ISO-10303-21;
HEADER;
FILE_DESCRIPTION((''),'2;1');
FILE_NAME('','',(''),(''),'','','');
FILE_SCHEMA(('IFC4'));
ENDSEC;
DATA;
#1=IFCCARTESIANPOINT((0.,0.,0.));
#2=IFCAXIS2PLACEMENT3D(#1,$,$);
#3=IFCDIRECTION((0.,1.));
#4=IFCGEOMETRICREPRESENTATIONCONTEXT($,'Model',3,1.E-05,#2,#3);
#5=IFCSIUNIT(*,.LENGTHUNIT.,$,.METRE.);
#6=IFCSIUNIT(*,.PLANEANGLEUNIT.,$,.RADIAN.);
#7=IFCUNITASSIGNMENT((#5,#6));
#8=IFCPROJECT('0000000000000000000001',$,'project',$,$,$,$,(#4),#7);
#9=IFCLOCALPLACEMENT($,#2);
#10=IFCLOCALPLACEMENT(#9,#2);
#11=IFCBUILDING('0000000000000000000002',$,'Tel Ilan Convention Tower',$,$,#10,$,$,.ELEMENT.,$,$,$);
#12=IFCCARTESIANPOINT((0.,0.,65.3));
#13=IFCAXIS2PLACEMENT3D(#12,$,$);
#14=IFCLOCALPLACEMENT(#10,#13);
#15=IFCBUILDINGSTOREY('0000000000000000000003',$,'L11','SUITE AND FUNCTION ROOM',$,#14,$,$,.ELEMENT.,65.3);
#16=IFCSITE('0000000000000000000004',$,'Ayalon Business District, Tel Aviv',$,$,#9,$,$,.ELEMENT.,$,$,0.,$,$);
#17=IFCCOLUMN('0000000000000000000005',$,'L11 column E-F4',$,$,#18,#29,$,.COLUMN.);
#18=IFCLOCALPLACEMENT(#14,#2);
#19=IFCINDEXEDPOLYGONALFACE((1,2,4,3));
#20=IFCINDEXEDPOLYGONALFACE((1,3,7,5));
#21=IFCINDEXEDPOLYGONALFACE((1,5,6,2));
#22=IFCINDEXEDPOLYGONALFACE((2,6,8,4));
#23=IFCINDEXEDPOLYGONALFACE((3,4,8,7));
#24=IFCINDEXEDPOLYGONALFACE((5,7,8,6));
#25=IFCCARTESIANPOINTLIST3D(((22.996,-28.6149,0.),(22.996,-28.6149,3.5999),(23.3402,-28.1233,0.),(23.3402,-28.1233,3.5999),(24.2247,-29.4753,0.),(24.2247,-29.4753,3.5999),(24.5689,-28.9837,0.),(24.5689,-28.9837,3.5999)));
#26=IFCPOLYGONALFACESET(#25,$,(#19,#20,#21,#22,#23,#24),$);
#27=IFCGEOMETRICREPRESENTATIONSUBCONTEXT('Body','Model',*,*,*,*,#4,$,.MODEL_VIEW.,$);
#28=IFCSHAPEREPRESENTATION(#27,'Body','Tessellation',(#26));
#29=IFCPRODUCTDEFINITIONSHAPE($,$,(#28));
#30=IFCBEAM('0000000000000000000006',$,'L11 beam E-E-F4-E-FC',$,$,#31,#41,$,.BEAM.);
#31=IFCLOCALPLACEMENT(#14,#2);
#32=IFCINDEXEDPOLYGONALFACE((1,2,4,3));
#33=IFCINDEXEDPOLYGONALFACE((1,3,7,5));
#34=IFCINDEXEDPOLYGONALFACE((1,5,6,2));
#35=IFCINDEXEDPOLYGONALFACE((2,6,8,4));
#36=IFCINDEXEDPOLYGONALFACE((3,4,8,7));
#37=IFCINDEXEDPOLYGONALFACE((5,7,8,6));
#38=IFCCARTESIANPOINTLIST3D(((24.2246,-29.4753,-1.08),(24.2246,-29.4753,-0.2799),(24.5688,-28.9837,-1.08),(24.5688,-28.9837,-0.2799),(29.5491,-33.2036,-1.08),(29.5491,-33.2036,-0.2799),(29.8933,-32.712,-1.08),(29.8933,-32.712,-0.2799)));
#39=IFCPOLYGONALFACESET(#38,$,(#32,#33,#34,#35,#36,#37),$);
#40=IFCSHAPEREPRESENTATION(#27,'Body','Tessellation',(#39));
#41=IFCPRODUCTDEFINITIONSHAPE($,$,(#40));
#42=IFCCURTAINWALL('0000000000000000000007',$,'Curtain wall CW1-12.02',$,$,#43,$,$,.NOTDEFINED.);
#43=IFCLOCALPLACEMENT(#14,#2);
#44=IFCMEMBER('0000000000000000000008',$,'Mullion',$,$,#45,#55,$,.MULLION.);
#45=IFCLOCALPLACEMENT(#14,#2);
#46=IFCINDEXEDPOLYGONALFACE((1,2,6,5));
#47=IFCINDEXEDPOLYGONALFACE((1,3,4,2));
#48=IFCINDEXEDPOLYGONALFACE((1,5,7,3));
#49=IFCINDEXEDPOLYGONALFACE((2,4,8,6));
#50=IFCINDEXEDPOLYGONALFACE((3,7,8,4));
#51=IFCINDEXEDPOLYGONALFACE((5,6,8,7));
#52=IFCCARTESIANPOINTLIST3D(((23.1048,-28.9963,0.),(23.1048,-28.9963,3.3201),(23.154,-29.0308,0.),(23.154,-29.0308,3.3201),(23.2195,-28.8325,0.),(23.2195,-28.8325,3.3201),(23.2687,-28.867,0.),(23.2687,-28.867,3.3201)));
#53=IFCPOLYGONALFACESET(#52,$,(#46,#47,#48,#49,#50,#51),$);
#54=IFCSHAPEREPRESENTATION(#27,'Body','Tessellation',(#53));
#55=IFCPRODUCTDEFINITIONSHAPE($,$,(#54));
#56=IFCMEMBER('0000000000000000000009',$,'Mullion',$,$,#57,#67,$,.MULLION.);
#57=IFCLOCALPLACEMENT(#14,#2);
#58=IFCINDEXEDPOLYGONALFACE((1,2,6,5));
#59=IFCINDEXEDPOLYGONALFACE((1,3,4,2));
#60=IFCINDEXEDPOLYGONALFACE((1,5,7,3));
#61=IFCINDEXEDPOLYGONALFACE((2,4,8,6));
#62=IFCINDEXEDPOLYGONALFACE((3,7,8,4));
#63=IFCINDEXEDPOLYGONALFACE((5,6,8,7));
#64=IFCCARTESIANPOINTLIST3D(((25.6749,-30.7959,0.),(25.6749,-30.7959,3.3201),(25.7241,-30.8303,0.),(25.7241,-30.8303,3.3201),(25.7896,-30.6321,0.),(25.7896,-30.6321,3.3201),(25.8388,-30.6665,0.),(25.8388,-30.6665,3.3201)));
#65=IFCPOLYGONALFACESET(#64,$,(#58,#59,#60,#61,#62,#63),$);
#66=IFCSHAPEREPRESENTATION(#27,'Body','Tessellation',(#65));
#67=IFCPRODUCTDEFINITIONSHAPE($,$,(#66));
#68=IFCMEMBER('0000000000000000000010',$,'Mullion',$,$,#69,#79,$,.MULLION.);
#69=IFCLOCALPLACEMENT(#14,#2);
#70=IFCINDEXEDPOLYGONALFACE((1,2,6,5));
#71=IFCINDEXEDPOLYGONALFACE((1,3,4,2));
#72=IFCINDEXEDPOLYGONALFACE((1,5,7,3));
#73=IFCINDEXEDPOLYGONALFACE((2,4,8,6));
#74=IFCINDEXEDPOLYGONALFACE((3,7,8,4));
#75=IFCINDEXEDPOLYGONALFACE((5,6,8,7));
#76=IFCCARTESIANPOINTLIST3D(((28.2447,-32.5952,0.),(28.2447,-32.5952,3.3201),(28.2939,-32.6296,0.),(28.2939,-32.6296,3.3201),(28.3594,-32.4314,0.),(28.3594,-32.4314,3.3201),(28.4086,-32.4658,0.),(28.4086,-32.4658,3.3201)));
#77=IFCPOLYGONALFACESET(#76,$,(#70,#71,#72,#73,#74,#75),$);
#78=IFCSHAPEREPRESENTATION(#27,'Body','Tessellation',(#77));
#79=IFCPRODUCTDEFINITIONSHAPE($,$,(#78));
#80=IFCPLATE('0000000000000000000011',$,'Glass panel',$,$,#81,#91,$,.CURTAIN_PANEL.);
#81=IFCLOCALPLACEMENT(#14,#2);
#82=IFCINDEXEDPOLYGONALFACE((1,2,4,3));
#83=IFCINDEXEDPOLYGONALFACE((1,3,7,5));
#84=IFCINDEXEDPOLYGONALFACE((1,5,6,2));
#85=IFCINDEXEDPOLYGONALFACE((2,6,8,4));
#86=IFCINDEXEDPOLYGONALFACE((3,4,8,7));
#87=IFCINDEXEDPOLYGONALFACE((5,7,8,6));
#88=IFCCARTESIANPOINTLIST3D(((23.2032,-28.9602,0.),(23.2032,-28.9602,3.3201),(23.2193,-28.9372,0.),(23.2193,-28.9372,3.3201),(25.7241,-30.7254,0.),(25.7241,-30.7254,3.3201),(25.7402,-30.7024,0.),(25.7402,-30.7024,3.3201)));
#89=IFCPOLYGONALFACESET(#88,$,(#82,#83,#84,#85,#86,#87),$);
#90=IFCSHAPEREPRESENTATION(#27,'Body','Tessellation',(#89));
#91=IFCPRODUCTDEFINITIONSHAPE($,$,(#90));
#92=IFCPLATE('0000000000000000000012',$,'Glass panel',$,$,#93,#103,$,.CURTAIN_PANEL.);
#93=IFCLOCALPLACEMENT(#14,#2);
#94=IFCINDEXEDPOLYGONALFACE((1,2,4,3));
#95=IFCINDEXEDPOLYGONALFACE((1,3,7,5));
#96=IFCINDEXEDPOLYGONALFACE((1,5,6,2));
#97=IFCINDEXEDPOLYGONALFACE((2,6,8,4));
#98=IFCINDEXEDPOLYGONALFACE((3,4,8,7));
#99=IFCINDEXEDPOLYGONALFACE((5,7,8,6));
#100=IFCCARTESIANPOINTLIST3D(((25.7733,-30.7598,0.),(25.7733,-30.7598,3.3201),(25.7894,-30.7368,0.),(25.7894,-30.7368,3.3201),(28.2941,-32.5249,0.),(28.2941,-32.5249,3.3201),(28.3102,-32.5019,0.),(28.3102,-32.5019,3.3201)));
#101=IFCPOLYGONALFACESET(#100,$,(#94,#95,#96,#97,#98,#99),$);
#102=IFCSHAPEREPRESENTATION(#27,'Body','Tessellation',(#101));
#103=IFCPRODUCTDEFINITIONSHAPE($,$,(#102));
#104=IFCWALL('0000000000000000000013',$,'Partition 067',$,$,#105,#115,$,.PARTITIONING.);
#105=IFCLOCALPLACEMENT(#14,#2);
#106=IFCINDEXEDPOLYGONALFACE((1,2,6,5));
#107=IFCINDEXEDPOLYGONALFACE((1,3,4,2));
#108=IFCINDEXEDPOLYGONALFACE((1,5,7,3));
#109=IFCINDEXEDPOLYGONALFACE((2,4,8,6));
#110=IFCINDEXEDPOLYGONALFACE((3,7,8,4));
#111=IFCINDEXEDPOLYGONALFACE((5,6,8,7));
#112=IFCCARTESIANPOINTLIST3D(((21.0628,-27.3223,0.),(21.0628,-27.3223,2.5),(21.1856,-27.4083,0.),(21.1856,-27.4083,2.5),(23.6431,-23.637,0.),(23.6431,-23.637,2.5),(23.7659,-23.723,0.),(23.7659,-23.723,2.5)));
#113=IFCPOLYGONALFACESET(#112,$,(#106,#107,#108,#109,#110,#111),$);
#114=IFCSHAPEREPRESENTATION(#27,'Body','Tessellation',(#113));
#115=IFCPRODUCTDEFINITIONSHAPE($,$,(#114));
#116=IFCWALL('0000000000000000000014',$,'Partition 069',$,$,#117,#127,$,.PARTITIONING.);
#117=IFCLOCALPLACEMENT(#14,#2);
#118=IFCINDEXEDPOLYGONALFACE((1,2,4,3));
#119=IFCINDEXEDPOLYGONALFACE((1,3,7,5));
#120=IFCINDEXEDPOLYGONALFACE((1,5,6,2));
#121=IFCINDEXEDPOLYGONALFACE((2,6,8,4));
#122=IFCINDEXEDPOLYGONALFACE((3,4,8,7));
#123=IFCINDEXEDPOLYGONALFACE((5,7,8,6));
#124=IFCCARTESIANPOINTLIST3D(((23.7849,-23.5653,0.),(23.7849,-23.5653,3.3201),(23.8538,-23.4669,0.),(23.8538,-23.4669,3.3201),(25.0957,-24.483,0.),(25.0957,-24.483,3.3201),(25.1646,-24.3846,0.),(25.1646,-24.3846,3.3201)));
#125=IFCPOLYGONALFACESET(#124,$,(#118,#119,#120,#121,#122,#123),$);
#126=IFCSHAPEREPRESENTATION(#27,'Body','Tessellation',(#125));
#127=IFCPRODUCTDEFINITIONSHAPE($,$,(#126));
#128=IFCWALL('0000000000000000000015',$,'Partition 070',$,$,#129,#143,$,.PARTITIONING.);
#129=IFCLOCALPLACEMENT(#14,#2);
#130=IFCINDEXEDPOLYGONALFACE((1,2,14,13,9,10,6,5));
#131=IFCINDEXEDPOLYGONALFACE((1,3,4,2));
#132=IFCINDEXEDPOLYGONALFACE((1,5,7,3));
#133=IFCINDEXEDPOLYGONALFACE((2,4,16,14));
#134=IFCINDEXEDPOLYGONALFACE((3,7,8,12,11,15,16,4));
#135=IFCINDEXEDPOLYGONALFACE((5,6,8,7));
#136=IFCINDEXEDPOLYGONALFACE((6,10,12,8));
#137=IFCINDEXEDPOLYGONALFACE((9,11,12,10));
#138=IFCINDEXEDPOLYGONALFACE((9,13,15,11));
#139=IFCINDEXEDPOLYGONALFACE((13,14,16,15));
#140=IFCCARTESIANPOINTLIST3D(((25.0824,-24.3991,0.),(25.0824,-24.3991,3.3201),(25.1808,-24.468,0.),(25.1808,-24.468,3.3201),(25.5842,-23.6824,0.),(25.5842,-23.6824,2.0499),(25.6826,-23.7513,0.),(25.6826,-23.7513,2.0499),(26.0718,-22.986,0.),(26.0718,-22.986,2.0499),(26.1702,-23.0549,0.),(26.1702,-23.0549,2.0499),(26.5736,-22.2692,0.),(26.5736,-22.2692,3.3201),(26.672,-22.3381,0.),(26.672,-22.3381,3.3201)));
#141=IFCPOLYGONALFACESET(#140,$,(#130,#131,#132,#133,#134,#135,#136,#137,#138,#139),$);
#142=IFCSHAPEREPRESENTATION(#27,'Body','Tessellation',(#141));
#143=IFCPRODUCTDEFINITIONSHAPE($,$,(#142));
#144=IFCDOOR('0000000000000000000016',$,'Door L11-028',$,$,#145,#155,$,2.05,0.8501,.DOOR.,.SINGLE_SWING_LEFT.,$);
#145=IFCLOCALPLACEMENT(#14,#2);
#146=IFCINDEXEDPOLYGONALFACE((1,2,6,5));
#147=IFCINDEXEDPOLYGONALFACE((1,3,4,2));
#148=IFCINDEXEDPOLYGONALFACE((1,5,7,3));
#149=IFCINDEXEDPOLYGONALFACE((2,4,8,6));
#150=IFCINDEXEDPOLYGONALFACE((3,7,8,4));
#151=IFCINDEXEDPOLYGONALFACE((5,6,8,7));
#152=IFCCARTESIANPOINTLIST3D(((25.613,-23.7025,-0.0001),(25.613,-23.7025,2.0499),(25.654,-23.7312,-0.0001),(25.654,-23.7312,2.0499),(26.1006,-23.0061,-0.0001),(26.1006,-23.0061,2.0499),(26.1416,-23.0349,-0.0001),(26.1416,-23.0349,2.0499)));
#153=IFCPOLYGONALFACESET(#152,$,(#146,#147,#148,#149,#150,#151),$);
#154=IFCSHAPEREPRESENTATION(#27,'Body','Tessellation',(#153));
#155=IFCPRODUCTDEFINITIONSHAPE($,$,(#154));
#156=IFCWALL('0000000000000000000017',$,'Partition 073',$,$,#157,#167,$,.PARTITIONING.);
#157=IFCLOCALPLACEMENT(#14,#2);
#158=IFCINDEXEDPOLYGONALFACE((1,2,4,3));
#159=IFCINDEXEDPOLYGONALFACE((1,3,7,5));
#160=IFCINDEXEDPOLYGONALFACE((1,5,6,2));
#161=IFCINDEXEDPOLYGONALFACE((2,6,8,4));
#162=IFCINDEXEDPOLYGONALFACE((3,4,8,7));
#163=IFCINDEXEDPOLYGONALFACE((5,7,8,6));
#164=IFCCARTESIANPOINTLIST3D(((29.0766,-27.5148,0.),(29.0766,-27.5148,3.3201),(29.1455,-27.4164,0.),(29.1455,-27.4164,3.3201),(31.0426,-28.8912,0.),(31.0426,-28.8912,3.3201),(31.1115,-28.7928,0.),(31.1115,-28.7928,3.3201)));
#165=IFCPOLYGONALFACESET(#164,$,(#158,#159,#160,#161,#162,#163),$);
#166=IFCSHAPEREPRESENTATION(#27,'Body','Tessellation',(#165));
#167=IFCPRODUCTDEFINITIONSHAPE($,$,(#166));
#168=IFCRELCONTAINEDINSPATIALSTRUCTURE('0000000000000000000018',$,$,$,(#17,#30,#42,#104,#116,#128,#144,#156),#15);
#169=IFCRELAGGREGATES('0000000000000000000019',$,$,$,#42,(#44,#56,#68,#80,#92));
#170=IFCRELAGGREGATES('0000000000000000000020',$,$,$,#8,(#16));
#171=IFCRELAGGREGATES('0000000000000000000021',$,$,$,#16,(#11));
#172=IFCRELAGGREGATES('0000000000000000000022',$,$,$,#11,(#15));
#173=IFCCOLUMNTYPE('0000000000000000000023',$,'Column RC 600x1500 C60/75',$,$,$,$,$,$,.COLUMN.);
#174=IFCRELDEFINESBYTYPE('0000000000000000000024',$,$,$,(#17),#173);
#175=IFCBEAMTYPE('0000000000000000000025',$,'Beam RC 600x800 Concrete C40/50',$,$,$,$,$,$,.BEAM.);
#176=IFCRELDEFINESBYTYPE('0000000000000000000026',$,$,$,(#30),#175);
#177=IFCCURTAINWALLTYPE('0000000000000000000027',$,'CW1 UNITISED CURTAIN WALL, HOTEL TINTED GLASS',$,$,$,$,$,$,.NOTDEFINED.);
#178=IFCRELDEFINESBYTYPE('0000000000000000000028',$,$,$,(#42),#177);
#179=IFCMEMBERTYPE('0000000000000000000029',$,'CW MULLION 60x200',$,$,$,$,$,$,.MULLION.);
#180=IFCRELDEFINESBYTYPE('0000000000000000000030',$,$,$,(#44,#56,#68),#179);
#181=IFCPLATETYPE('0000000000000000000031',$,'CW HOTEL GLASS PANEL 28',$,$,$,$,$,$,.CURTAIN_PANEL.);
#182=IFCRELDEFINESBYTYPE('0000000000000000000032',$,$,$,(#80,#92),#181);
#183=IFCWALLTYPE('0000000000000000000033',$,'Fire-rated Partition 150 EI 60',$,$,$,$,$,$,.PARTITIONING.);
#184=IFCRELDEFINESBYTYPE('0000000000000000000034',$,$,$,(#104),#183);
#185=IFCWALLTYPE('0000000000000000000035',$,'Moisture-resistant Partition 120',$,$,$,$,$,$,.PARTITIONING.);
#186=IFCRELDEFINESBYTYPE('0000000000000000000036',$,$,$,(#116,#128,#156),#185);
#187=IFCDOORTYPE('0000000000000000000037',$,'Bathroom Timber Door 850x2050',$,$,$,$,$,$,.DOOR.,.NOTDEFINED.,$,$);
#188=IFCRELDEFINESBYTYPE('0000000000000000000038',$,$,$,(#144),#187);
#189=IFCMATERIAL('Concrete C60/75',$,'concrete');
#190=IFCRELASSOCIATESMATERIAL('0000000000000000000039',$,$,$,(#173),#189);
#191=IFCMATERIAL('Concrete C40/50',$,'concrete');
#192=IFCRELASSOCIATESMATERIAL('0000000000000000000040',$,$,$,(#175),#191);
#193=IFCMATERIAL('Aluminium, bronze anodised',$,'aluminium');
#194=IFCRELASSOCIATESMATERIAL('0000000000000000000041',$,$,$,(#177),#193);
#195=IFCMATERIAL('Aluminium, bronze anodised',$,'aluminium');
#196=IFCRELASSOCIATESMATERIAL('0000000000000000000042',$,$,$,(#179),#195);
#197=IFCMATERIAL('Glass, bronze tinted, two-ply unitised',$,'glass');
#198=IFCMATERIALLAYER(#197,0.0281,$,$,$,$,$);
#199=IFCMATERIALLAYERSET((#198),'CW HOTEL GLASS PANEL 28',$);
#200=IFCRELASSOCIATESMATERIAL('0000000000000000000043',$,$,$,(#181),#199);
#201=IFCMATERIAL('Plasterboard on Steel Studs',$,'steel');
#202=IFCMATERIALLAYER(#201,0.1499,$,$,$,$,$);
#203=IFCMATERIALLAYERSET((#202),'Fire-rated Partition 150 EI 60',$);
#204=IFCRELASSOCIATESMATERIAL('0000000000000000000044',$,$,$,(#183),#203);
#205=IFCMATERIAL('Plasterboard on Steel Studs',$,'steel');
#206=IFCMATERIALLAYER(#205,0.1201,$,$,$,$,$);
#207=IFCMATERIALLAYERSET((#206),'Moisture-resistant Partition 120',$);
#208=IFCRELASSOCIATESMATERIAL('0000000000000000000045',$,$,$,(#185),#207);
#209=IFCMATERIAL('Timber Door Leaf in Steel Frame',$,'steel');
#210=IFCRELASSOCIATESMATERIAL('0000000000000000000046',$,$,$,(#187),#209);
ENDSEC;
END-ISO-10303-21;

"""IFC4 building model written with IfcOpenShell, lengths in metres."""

from ifc_helpers import new_model, si_unit, direction, frame, frame_2d, origin, origin_2d, place, context, subcontext, project, spatial, rectangle, extrude, material, layer, layer_set, material_profile, profile_set, type_object, element, fill, aggregate, save


model = new_model("IFC4")

# Units and contexts
model_context = context("Model", 3, precision=1e-05, world=origin(), true_north=direction((0.0, 1.0)))
body_context = subcontext(model_context, "Body", "Model", "MODEL_VIEW")
ifc_project = project(units=[si_unit("LENGTHUNIT", "METRE"), si_unit("PLANEANGLEUNIT", "RADIAN")], contexts=[model_context])

# Site, building, storey
site_placement = place(None, origin())
site = spatial("IfcSite", under=ifc_project, at=site_placement, Name="Ayalon Business District, Tel Aviv", CompositionType="ELEMENT", RefElevation=0.0)
building_placement = place(site_placement, origin())
building = spatial("IfcBuilding", under=site, at=building_placement, Name="Tel Ilan Convention Tower", CompositionType="ELEMENT")
storey_placement = place(building_placement, frame((0.0, 0.0, 65.3)))
storey = spatial("IfcBuildingStorey", under=building, at=storey_placement, Name="L11", Description="SUITE AND FUNCTION ROOM", CompositionType="ELEMENT", Elevation=65.3)

# Column
ifc_material_1 = material(Name="Concrete C60/75", Category="concrete")
ifc_material_profile_1 = material_profile(ifc_material_1, rectangle(XDim=1.5, YDim=0.6001, at=origin_2d()), Name="RC 600x1500")
ifc_profile_set_1 = profile_set([ifc_material_profile_1], Name="Concrete C60/75")
column_type = type_object("IfcColumnType", Name="Column RC 600x1500 C60/75", PredefinedType="COLUMN", material=ifc_profile_set_1)
column_placement = place(storey_placement, frame((23.7825, -28.7993, 0.0), z_axis=(0.0, 0.0, 1.0), x_axis=(0.819152, -0.573576, 0.0)))
element("IfcColumn", 1, at=column_placement, inside=storey, type_object=column_type, Name="L11 column E-F4", PredefinedType="COLUMN", context=body_context, shape_type="SweptSolid", body=[
    extrude(rectangle(XDim=1.5, YDim=0.6001, at=origin_2d()), origin(), (0.0, 0.0, 1.0), 3.5999),
])

# Beam
ifc_material_2 = material(Name="Concrete C40/50", Category="concrete")
ifc_material_profile_2 = material_profile(ifc_material_2, rectangle(XDim=0.6001, YDim=0.8, at=origin_2d()), Name="RC 600x800")
ifc_profile_set_2 = profile_set([ifc_material_profile_2], Name="Concrete C40/50")
beam_type = type_object("IfcBeamType", Name="Beam RC 600x800 Concrete C40/50", PredefinedType="BEAM", material=ifc_profile_set_2)
beam_placement = place(storey_placement, frame((24.3967, -29.2295, -0.6799), z_axis=(0.819149, -0.573581, 0.0), x_axis=(0.573581, 0.819149, 0.0)))
element("IfcBeam", 2, at=beam_placement, inside=storey, type_object=beam_type, Name="L11 beam E-E-F4-E-FC", PredefinedType="BEAM", context=body_context, shape_type="SweptSolid", body=[
    extrude(rectangle(XDim=0.6001, YDim=0.8, at=origin_2d()), origin(), (0.0, 0.0, 1.0), 6.5),
])

# Curtain wall, members, plates
ifc_material_3 = material(Name="Aluminium, bronze anodised", Category="aluminium")
curtain_wall_type = type_object("IfcCurtainWallType", Name="CW1 UNITISED CURTAIN WALL, HOTEL TINTED GLASS", PredefinedType="NOTDEFINED", material=ifc_material_3)
curtain_wall_placement = place(storey_placement, origin())
curtain_wall = element("IfcCurtainWall", 3, at=curtain_wall_placement, inside=storey, type_object=curtain_wall_type, Name="Curtain wall CW1-12.02", PredefinedType="NOTDEFINED")
ifc_material_4 = material(Name="Aluminium, bronze anodised", Category="aluminium")
ifc_material_profile_3 = material_profile(ifc_material_4, rectangle(XDim=0.0601, YDim=0.2, at=origin_2d()), Name="CW MULLION 60x200")
ifc_profile_set_3 = profile_set([ifc_material_profile_3], Name="Aluminium, bronze anodised")
member_type = type_object("IfcMemberType", Name="CW MULLION 60x200", PredefinedType="MULLION", material=ifc_profile_set_3)
member_1_placement = place(storey_placement, frame((23.1868, -28.9316, 0.0), z_axis=(0.0, 0.0, 1.0), x_axis=(0.819152, -0.573576, 0.0)))
member_1 = element("IfcMember", 4, at=member_1_placement, type_object=member_type, Name="Mullion", PredefinedType="MULLION", context=body_context, shape_type="SweptSolid", body=[
    extrude(rectangle(XDim=0.0601, YDim=0.2, at=origin_2d()), origin(), (0.0, 0.0, 1.0), 3.3201),
])
member_2_placement = place(storey_placement, frame((25.7568, -30.7312, 0.0), z_axis=(0.0, 0.0, 1.0), x_axis=(0.819152, -0.573576, 0.0)))
member_2 = element("IfcMember", 5, at=member_2_placement, type_object=member_type, Name="Mullion", PredefinedType="MULLION", context=body_context, shape_type="SweptSolid", body=[
    extrude(rectangle(XDim=0.0601, YDim=0.2, at=origin_2d()), origin(), (0.0, 0.0, 1.0), 3.3201),
])
member_3_placement = place(storey_placement, frame((28.3267, -32.5305, 0.0), z_axis=(0.0, 0.0, 1.0), x_axis=(0.819152, -0.573576, 0.0)))
member_3 = element("IfcMember", 6, at=member_3_placement, type_object=member_type, Name="Mullion", PredefinedType="MULLION", context=body_context, shape_type="SweptSolid", body=[
    extrude(rectangle(XDim=0.0601, YDim=0.2, at=origin_2d()), origin(), (0.0, 0.0, 1.0), 3.3201),
])
ifc_material_5 = material(Name="Glass, bronze tinted, two-ply unitised", Category="glass")
ifc_layer_1 = layer(ifc_material_5, 0.0281)
ifc_layer_set_1 = layer_set([ifc_layer_1], Name="CW HOTEL GLASS PANEL 28")
plate_type = type_object("IfcPlateType", Name="CW HOTEL GLASS PANEL 28", PredefinedType="CURTAIN_PANEL", material=ifc_layer_set_1)
plate_1_placement = place(storey_placement, frame((24.4717, -29.8313, 0.0), z_axis=(0.0, 0.0, 1.0), x_axis=(0.819152, -0.573576, 0.0)))
plate_1 = element("IfcPlate", 7, at=plate_1_placement, type_object=plate_type, Name="Glass panel", PredefinedType="CURTAIN_PANEL", context=body_context, shape_type="SweptSolid", body=[
    extrude(rectangle(XDim=3.0774, YDim=0.0281, at=origin_2d()), origin(), (0.0, 0.0, 1.0), 3.3201),
])
plate_2_placement = place(storey_placement, frame((27.0417, -31.6309, 0.0), z_axis=(0.0, 0.0, 1.0), x_axis=(0.819152, -0.573576, 0.0)))
plate_2 = element("IfcPlate", 8, at=plate_2_placement, type_object=plate_type, Name="Glass panel", PredefinedType="CURTAIN_PANEL", context=body_context, shape_type="SweptSolid", body=[
    extrude(rectangle(XDim=3.0774, YDim=0.0281, at=origin_2d()), origin(), (0.0, 0.0, 1.0), 3.3201),
])
aggregate(curtain_wall, [member_1, member_2, member_3, plate_1, plate_2])

# Walls
ifc_material_6 = material(Name="Plasterboard on Steel Studs", Category="steel")
ifc_layer_2 = layer(ifc_material_6, 0.1499)
ifc_layer_set_2 = layer_set([ifc_layer_2], Name="Fire-rated Partition 150 EI 60")
wall_type_1 = type_object("IfcWallType", Name="Fire-rated Partition 150 EI 60", PredefinedType="PARTITIONING", material=ifc_layer_set_2)
wall_1_placement = place(storey_placement, frame((23.7046, -23.6799, 0.0), z_axis=(0.0, 0.0, 1.0), x_axis=(-0.573553, -0.819168, 0.0)))
element("IfcWall", 9, at=wall_1_placement, inside=storey, type_object=wall_type_1, Name="Partition 067", PredefinedType="PARTITIONING", context=body_context, shape_type="SweptSolid", body=[
    extrude(rectangle(XDim=4.4988, YDim=0.1499, at=frame_2d((2.2495, 0.0))), origin(), (0.0, 0.0, 1.0), 2.5),
])
ifc_material_7 = material(Name="Plasterboard on Steel Studs", Category="steel")
ifc_layer_3 = layer(ifc_material_7, 0.1201)
ifc_layer_set_3 = layer_set([ifc_layer_3], Name="Moisture-resistant Partition 120")
wall_type_2 = type_object("IfcWallType", Name="Moisture-resistant Partition 120", PredefinedType="PARTITIONING", material=ifc_layer_set_3)
wall_2_placement = place(storey_placement, frame((23.8193, -23.5161, 0.0), z_axis=(0.0, 0.0, 1.0), x_axis=(0.819182, -0.573534, 0.0)))
element("IfcWall", 10, at=wall_2_placement, inside=storey, type_object=wall_type_2, Name="Partition 069", PredefinedType="PARTITIONING", context=body_context, shape_type="SweptSolid", body=[
    extrude(rectangle(XDim=1.6001, YDim=0.1201, at=frame_2d((0.8, 0.0))), origin(), (0.0, 0.0, 1.0), 3.3201),
])

# Wall, opening, door
wall_3_placement = place(storey_placement, frame((25.1316, -24.4336, 0.0), z_axis=(0.0, 0.0, 1.0), x_axis=(0.573538, 0.819179, 0.0)))
wall_3 = element("IfcWall", 11, at=wall_3_placement, inside=storey, type_object=wall_type_2, Name="Partition 070", PredefinedType="PARTITIONING", context=body_context, shape_type="SweptSolid", body=[
    extrude(rectangle(XDim=2.6001, YDim=0.1201, at=frame_2d((1.3, 0.0))), origin(), (0.0, 0.0, 1.0), 3.3201),
])
opening_placement = place(wall_3_placement, frame((0.875, 0.0, 0.0)))
opening = element("IfcOpeningElement", 12, at=opening_placement, cuts=wall_3, PredefinedType="OPENING", context=body_context, shape_type="SweptSolid", body=[
    extrude(rectangle(XDim=0.8501, YDim=2.05, at=frame_2d((0.425, 1.0249))), frame((0.0, 0.0701, 0.0), z_axis=(0.0, -1.0, 0.0), x_axis=(1.0, 0.0, 0.0)), (0.0, 0.0, 1.0), 0.1401),
])
ifc_material_8 = material(Name="Timber Door Leaf in Steel Frame", Category="steel")
door_type = type_object("IfcDoorType", Name="Bathroom Timber Door 850x2050", OperationType="NOTDEFINED", PredefinedType="DOOR", material=ifc_material_8)
door_placement = place(opening_placement, origin())
door = element("IfcDoor", 13, at=door_placement, inside=storey, type_object=door_type, Name="Door L11-028", OperationType="SINGLE_SWING_LEFT", OverallHeight=2.05, OverallWidth=0.8501, PredefinedType="DOOR", context=body_context, shape_type="SweptSolid", body=[
    extrude(rectangle(XDim=0.8501, YDim=2.05, at=frame_2d((0.425, 1.0249))), frame((0.0, 0.0249, 0.0), z_axis=(0.0, -1.0, 0.0), x_axis=(1.0, 0.0, 0.0)), (0.0, 0.0, 1.0), 0.05),
])
fill(opening, door)

# Wall
wall_4_placement = place(storey_placement, frame((29.1111, -27.4656, 0.0), z_axis=(0.0, 0.0, 1.0), x_axis=(0.819189, -0.573524, 0.0)))
element("IfcWall", 14, at=wall_4_placement, inside=storey, type_object=wall_type_2, Name="Partition 073", PredefinedType="PARTITIONING", context=body_context, shape_type="SweptSolid", body=[
    extrude(rectangle(XDim=2.3999, YDim=0.1201, at=frame_2d((1.2, 0.0))), origin(), (0.0, 0.0, 1.0), 3.3201),
])

save(model, "model.ifc")
